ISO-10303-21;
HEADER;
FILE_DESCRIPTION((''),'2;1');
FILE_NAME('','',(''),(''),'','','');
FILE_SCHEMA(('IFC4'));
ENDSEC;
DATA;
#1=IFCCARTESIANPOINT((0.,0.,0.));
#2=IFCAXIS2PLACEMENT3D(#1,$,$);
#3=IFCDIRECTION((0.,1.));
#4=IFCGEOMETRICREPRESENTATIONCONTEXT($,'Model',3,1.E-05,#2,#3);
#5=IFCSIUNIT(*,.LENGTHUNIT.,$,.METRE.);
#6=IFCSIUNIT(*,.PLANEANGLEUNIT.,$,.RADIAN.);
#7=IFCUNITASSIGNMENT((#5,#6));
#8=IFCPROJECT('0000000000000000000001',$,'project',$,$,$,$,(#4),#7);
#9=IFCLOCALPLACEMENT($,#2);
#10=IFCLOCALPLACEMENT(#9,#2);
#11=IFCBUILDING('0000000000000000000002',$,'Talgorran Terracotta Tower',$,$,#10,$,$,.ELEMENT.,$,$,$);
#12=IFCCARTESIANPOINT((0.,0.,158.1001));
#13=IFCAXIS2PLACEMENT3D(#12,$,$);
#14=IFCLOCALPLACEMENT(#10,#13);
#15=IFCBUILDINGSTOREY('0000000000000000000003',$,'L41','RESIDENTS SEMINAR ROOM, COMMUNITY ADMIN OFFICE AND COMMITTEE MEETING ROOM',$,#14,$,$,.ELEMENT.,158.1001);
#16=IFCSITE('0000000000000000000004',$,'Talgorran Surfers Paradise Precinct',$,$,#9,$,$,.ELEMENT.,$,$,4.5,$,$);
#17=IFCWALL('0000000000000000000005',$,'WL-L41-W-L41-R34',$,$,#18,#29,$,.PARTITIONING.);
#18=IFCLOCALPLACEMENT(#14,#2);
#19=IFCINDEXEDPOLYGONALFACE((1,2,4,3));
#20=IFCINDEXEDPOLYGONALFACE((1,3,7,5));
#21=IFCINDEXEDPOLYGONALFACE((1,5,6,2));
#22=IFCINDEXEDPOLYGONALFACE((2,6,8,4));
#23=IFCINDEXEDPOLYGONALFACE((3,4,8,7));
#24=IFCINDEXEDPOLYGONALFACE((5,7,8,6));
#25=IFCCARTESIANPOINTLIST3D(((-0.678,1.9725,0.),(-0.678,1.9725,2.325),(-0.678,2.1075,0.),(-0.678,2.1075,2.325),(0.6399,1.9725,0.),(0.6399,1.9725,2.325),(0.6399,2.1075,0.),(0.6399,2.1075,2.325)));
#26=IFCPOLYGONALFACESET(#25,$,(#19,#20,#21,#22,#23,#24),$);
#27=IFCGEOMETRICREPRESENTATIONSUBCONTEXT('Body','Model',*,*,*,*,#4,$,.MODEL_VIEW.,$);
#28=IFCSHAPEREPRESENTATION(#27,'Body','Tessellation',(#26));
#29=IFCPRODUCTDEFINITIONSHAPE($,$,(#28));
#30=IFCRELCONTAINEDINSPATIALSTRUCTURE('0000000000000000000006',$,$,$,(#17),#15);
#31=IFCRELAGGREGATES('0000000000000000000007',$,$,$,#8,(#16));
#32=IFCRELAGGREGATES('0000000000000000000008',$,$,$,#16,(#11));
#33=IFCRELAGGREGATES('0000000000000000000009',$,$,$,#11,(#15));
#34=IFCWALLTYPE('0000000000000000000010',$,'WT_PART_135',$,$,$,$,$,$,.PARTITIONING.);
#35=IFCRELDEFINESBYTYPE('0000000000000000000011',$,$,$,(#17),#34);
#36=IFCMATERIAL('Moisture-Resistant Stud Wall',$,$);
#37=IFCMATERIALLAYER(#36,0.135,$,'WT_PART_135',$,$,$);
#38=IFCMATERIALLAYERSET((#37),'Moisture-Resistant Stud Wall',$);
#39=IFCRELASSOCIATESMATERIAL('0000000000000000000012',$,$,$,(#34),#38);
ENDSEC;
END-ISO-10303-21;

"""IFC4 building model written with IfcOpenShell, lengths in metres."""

from ifc_helpers import new_model, si_unit, direction, frame, frame_2d, origin, place, context, subcontext, project, spatial, rectangle, extrude, material, layer, layer_set, type_object, element, save


model = new_model("IFC4")

# Units and contexts
model_context = context("Model", 3, precision=1e-05, world=origin(), true_north=direction((0.0, 1.0)))
body_context = subcontext(model_context, "Body", "Model", "MODEL_VIEW")
ifc_project = project(units=[si_unit("LENGTHUNIT", "METRE"), si_unit("PLANEANGLEUNIT", "RADIAN")], contexts=[model_context])

# Site, building, storey
site_placement = place(None, origin())
site = spatial("IfcSite", under=ifc_project, at=site_placement, Name="Talgorran Surfers Paradise Precinct", CompositionType="ELEMENT", RefElevation=4.5)
building_placement = place(site_placement, origin())
building = spatial("IfcBuilding", under=site, at=building_placement, Name="Talgorran Terracotta Tower", CompositionType="ELEMENT")
storey_placement = place(building_placement, frame((0.0, 0.0, 158.1001)))
storey = spatial("IfcBuildingStorey", under=building, at=storey_placement, Name="L41", Description="RESIDENTS SEMINAR ROOM, COMMUNITY ADMIN OFFICE AND COMMITTEE MEETING ROOM", CompositionType="ELEMENT", Elevation=158.1001)

# Shared definitions
ifc_material_1 = material(Name="Moisture-Resistant Stud Wall")
ifc_layer_1 = layer(ifc_material_1, 0.135, Name="WT_PART_135")
ifc_layer_set_1 = layer_set([ifc_layer_1], Name="Moisture-Resistant Stud Wall")
wall_type_1 = type_object("IfcWallType", Name="WT_PART_135", PredefinedType="PARTITIONING", material=ifc_layer_set_1)

# Wall
wall_1_placement = place(storey_placement, frame((-0.678, 2.04, 0.0), z_axis=(0.0, 0.0, 1.0), x_axis=(1.0, 0.0, 0.0)))
element("IfcWall", 1, at=wall_1_placement, inside=storey, type_object=wall_type_1, Name="WL-L41-W-L41-R34", PredefinedType="PARTITIONING", context=body_context, shape_type="SweptSolid", body=[
    extrude(rectangle(XDim=1.3179, YDim=0.135, at=frame_2d((0.6589, 0.0))), origin(), (0.0, 0.0, 1.0), 2.325),
])

save(model, "model.ifc")
